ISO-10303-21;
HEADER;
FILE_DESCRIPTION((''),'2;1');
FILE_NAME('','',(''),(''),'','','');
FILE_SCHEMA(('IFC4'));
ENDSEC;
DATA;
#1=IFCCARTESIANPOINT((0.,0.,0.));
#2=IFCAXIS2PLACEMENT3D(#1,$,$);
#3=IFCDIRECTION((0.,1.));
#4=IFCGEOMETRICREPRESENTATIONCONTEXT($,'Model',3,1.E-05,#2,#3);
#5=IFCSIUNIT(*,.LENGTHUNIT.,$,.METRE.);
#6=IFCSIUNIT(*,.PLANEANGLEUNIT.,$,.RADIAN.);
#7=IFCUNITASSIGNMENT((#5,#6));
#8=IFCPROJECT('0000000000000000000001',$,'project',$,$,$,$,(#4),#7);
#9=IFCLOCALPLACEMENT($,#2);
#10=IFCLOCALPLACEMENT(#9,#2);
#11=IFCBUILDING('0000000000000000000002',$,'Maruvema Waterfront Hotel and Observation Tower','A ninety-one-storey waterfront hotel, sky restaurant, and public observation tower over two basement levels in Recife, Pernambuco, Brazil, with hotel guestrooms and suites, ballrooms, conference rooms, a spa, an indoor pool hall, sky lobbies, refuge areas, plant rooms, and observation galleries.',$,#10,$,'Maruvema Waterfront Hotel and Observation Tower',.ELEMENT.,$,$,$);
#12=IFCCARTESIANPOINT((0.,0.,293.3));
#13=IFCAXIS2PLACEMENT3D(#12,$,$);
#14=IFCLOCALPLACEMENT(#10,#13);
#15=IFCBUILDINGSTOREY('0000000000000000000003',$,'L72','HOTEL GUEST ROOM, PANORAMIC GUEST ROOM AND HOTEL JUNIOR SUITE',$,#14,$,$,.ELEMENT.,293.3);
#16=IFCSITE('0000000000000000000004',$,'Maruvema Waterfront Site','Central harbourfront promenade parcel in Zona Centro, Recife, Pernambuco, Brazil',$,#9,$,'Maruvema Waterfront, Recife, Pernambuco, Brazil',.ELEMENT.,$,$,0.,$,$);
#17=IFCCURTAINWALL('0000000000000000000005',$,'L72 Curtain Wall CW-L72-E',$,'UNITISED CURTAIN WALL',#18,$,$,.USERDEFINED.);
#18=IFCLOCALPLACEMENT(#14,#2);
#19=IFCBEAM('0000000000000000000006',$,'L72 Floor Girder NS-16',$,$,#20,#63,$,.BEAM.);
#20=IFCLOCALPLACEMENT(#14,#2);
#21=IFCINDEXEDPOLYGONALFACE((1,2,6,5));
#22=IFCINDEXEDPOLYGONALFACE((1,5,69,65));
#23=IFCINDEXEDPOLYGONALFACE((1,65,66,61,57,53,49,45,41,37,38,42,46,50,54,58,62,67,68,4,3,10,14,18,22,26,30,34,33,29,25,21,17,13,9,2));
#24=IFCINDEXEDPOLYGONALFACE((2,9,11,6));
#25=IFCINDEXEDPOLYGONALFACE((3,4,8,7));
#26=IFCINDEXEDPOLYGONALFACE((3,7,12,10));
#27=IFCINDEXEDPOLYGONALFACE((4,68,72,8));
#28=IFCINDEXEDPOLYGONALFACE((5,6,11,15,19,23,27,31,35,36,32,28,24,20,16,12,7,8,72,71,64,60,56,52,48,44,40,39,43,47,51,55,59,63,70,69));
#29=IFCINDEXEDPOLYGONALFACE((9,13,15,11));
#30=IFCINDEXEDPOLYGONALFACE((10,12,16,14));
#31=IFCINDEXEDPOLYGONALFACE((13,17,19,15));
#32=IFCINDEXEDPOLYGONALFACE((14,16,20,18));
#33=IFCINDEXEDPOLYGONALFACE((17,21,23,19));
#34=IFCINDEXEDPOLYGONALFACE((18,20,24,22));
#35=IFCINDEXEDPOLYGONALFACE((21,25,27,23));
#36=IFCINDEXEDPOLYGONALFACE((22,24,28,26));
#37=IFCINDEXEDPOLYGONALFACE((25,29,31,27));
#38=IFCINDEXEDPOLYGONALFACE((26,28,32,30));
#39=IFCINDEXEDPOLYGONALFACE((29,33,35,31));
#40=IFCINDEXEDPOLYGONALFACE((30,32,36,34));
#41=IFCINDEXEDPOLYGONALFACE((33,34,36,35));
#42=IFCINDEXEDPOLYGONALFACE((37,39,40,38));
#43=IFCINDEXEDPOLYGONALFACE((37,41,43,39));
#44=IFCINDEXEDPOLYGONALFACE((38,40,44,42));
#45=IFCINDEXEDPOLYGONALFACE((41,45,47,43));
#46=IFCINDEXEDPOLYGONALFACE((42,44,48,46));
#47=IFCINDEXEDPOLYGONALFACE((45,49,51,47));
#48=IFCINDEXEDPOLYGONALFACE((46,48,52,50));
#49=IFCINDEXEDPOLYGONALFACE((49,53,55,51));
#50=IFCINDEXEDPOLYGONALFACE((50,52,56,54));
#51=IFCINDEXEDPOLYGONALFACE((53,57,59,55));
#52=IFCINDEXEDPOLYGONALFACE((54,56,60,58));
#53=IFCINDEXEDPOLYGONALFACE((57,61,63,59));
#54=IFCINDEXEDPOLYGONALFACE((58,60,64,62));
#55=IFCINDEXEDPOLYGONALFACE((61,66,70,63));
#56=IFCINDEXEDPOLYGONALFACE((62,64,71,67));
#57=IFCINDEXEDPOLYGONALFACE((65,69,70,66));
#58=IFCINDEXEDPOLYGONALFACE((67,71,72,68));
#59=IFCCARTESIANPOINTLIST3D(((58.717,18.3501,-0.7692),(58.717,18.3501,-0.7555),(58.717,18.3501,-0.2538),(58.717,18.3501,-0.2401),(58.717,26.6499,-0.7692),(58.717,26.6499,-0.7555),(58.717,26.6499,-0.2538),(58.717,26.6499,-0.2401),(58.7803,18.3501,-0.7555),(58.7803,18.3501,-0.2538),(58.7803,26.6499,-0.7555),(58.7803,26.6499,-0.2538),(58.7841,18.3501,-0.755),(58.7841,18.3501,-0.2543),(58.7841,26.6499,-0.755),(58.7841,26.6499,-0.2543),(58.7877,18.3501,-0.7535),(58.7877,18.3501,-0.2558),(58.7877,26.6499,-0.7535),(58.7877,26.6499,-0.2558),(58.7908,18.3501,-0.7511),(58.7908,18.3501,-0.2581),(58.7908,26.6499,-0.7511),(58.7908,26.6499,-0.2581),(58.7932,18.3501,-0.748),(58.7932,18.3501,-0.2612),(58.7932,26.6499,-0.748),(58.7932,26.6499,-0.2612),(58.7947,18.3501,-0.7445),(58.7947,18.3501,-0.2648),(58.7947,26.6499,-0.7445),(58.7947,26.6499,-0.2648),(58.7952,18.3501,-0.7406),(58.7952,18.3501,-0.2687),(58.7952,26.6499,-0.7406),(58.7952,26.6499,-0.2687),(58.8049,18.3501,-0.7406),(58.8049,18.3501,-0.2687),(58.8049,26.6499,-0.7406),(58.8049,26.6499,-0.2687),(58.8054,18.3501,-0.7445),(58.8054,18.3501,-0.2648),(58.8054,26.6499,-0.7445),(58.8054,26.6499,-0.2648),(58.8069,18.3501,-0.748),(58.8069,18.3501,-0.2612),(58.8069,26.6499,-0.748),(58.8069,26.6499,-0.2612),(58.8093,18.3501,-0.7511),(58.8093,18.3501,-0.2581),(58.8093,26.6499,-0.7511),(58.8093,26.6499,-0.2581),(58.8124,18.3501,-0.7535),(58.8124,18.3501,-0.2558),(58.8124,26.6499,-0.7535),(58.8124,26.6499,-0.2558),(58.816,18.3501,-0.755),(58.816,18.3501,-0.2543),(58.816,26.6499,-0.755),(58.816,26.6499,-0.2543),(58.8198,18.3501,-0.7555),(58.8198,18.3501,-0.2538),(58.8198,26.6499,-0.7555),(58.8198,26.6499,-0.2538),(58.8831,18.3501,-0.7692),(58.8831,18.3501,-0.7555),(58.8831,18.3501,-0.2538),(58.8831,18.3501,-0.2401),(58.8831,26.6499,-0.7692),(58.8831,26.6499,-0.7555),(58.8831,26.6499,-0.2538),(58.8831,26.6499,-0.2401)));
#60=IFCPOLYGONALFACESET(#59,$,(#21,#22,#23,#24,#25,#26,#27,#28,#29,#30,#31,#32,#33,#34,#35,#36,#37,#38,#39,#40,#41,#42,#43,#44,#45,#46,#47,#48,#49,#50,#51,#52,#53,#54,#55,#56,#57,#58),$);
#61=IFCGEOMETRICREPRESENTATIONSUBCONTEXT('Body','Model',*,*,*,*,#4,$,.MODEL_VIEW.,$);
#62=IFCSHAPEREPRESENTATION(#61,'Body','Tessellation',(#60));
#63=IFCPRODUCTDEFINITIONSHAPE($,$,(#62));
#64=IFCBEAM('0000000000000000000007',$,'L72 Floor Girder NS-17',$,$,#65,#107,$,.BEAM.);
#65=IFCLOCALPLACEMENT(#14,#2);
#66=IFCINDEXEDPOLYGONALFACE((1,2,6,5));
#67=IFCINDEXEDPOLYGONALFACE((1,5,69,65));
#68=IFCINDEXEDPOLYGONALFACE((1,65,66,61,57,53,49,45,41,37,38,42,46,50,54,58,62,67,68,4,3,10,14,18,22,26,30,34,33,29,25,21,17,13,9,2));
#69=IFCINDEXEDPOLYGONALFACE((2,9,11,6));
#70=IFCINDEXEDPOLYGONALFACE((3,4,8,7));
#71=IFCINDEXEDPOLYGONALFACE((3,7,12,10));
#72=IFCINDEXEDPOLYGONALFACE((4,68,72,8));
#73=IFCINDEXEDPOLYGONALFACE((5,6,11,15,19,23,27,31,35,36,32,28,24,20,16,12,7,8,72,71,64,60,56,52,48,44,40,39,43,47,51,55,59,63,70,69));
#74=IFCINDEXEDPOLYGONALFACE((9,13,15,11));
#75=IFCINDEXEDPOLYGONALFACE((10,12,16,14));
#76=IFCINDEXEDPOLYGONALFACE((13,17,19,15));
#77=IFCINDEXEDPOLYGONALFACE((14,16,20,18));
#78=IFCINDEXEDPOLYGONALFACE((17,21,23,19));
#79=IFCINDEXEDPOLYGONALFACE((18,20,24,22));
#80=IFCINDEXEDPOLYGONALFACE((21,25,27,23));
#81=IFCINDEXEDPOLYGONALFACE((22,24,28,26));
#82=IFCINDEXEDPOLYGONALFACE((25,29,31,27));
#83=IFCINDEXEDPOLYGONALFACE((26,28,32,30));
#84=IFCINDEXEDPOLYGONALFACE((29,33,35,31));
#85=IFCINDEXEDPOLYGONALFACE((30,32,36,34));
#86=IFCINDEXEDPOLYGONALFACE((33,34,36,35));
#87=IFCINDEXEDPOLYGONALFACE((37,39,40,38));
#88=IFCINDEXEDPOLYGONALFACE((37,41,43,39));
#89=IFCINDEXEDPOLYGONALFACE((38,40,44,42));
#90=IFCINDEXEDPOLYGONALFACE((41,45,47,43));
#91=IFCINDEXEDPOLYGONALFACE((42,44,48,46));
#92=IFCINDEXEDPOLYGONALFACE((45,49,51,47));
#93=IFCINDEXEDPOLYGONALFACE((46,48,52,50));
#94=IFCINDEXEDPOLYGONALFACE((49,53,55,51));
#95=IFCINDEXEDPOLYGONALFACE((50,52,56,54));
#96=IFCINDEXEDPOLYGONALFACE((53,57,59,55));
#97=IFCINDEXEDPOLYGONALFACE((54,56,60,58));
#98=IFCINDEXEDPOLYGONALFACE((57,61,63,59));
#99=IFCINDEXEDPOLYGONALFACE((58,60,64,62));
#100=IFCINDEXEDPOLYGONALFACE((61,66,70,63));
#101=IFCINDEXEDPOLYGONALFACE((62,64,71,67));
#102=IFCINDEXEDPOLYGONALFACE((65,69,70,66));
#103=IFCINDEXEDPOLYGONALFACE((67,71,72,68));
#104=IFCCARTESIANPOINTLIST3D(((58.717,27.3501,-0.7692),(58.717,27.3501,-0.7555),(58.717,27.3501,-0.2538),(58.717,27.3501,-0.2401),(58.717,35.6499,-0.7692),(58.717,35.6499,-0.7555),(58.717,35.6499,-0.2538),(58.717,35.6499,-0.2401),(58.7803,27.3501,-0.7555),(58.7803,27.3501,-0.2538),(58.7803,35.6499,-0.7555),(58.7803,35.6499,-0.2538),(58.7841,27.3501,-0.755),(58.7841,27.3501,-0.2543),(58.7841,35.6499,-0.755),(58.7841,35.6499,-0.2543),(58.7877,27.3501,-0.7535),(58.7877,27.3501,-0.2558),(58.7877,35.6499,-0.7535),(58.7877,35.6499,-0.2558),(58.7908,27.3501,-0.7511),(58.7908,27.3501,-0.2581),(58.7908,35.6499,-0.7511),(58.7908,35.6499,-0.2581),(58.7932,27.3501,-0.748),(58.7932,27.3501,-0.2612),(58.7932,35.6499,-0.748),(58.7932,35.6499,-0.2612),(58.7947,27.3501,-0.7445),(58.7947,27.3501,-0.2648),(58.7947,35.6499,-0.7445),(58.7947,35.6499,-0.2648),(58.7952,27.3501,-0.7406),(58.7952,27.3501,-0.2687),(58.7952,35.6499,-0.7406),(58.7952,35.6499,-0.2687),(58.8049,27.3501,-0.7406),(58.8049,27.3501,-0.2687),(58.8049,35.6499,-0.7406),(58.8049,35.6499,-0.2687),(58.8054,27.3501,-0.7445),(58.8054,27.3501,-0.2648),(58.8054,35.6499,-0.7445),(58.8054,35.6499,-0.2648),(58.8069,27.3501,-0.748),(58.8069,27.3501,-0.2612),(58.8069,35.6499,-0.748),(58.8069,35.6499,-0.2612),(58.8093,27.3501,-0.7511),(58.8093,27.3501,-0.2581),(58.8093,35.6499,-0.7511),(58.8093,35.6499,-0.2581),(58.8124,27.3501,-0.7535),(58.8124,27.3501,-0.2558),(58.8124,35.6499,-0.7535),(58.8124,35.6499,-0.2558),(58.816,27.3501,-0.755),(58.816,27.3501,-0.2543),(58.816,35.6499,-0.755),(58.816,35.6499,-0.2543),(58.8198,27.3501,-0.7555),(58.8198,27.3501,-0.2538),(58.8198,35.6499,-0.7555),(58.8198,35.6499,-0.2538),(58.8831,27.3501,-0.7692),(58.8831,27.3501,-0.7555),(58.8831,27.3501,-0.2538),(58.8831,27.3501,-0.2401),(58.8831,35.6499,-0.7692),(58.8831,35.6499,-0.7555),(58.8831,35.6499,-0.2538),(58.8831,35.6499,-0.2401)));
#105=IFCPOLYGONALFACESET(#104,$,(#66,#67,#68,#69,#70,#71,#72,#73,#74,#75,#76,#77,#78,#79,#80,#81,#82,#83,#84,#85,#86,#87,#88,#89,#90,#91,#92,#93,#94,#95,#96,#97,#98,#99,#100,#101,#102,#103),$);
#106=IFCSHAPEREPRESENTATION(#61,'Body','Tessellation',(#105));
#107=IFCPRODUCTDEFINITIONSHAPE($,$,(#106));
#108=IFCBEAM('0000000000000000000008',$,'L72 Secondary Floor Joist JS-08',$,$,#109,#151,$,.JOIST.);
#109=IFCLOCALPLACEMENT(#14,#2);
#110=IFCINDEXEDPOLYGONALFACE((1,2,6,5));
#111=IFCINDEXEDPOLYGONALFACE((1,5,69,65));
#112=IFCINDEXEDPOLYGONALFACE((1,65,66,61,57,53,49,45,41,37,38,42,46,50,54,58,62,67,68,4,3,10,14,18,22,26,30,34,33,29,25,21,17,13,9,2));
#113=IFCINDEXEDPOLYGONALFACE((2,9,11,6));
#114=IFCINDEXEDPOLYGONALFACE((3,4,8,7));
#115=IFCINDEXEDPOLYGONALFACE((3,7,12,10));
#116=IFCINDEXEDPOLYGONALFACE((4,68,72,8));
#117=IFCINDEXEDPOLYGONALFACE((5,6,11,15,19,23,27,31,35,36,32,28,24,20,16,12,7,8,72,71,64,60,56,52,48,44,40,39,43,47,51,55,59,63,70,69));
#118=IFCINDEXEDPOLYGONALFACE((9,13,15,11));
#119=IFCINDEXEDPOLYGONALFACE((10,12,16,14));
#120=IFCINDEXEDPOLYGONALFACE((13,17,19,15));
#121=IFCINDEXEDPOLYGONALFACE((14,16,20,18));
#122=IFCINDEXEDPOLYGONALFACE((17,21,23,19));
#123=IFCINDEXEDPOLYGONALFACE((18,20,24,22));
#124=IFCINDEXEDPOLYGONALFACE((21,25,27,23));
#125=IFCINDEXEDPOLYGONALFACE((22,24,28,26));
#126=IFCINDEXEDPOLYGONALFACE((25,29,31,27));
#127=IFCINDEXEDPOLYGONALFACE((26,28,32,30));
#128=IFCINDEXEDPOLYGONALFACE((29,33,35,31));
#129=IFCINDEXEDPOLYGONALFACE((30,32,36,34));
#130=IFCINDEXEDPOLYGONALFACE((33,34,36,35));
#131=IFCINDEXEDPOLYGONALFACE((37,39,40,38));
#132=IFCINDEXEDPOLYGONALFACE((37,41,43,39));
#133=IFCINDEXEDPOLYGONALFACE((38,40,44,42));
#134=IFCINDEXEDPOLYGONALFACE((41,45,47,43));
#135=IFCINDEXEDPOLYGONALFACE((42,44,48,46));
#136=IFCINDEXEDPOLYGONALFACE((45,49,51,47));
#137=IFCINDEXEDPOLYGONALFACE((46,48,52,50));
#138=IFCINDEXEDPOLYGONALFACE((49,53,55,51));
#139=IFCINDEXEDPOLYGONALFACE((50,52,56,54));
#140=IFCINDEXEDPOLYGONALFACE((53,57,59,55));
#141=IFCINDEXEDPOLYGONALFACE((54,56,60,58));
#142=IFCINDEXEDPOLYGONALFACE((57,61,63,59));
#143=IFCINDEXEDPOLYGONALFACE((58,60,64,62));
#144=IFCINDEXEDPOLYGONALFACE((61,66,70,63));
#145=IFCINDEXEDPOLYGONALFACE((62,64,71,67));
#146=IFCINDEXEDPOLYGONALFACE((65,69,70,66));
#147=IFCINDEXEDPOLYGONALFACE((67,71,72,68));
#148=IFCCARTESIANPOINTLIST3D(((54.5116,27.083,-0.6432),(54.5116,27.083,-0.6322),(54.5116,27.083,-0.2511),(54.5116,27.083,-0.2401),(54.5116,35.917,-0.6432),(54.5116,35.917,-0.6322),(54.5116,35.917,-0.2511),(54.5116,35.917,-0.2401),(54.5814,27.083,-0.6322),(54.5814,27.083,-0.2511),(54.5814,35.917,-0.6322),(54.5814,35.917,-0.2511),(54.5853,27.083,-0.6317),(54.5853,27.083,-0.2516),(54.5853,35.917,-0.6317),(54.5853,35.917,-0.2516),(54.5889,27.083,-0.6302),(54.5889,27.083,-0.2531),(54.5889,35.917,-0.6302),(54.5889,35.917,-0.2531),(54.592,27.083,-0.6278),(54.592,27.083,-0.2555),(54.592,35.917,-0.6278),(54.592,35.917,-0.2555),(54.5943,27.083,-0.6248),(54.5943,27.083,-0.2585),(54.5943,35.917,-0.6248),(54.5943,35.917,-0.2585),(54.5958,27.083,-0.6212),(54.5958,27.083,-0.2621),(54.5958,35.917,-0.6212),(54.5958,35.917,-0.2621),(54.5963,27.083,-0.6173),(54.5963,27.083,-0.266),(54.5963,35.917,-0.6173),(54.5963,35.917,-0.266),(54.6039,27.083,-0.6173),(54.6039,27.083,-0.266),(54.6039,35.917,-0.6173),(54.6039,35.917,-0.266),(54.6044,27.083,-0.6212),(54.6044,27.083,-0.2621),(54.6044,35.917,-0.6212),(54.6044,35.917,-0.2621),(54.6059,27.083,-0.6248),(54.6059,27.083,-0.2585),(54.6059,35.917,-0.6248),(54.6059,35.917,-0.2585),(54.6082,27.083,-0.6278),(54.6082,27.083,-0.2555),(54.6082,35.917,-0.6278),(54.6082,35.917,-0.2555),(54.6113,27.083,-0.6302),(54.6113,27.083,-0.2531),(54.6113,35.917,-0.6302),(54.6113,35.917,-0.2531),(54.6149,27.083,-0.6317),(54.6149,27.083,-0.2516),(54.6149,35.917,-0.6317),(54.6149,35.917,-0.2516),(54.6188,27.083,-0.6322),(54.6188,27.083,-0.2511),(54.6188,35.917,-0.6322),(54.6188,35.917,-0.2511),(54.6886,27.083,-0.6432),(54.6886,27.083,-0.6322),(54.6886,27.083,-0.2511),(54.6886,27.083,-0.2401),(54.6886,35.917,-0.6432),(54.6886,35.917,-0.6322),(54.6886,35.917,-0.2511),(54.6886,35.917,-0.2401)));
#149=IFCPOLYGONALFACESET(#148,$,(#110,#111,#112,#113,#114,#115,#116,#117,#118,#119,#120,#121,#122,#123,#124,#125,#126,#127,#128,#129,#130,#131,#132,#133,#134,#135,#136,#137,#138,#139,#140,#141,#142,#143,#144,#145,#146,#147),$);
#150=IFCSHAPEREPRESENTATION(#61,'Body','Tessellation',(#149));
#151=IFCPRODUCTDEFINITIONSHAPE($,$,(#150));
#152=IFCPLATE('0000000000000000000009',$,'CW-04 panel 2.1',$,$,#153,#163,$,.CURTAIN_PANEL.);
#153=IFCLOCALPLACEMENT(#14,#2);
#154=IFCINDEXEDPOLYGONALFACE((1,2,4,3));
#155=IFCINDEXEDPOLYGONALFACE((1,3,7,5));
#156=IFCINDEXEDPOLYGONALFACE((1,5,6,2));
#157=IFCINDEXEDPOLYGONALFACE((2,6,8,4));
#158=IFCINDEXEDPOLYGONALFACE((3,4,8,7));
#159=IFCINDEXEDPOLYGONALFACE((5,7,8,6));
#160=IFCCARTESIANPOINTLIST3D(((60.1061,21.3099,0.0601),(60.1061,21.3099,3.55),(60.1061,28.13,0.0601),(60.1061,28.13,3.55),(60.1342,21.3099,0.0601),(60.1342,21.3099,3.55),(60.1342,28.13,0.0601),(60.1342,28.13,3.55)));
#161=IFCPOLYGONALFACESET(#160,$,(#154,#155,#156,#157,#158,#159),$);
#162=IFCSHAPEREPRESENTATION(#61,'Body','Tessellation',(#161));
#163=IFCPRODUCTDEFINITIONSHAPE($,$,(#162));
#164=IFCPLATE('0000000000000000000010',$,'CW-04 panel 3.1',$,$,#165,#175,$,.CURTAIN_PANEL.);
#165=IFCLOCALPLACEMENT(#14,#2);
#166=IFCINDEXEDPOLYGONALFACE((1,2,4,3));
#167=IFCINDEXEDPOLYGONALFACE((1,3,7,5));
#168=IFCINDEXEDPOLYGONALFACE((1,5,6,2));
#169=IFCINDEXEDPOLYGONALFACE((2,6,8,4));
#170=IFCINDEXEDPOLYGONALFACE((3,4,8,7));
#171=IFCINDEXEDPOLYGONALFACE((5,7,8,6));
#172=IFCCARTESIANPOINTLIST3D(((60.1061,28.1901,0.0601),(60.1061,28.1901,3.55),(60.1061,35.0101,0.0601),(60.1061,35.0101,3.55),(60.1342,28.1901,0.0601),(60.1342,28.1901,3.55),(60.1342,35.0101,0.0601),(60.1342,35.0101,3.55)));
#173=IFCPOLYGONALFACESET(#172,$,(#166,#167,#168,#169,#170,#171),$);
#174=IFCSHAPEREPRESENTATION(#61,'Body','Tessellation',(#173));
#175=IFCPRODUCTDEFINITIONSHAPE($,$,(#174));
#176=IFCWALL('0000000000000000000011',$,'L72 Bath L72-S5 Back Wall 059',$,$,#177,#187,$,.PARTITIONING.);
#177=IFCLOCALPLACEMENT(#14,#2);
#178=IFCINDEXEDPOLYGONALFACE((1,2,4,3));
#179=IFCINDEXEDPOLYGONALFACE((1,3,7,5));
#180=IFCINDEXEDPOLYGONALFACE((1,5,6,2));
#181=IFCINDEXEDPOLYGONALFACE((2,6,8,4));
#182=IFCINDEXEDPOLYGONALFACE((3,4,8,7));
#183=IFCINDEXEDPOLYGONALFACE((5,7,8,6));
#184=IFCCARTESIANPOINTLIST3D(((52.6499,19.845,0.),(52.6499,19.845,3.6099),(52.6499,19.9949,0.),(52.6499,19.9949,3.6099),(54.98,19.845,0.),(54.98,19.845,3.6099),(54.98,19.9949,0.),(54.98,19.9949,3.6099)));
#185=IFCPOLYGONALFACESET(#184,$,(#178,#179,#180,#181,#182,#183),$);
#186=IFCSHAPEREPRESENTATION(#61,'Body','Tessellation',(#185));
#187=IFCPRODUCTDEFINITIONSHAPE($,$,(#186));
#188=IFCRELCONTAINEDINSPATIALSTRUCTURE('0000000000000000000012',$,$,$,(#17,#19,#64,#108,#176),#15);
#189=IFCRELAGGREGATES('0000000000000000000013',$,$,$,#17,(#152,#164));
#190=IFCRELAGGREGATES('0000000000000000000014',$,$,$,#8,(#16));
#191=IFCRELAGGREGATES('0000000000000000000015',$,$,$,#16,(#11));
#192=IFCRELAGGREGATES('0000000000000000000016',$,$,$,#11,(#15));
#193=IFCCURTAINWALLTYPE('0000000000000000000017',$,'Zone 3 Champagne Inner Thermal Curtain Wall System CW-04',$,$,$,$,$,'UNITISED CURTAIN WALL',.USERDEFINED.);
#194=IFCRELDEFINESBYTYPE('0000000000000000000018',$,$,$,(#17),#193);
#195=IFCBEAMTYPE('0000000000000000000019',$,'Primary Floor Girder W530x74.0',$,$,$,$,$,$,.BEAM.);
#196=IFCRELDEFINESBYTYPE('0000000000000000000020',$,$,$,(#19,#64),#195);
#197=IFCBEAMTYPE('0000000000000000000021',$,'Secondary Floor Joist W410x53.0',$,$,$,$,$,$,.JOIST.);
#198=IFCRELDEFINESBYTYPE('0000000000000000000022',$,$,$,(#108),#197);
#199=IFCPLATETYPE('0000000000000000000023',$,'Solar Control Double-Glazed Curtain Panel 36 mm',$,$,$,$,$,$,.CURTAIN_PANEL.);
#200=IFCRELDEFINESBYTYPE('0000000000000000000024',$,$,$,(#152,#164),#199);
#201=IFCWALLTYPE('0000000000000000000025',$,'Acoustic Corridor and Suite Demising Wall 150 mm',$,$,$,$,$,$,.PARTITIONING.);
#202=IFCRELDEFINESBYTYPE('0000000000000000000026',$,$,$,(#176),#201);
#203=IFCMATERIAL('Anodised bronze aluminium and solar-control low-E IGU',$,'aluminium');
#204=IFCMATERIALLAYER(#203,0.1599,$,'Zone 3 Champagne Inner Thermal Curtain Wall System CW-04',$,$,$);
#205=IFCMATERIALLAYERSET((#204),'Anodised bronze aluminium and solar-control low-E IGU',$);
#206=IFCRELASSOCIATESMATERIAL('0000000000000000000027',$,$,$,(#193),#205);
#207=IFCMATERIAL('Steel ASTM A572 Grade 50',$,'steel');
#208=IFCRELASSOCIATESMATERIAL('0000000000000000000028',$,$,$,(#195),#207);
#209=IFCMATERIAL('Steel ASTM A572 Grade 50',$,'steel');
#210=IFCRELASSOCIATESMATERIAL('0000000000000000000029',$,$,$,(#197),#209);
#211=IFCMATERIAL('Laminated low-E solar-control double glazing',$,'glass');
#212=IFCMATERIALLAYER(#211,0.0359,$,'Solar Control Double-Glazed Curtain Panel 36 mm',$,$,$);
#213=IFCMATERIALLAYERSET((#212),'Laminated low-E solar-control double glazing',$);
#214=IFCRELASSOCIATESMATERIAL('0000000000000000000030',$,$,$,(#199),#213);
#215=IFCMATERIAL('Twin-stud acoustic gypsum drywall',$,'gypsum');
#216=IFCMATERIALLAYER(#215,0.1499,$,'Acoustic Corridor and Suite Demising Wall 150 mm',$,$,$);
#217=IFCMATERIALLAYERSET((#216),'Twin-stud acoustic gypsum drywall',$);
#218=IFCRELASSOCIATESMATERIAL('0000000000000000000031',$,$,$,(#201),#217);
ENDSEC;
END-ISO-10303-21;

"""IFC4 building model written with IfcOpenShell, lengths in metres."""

from ifc_helpers import new_model, si_unit, direction, frame, frame_2d, origin, origin_2d, place, context, subcontext, project, spatial, rectangle, i_section, extrude, material, layer, layer_set, material_profile, profile_set, type_object, element, aggregate, save


model = new_model("IFC4")

# Units and contexts
model_context = context("Model", 3, precision=1e-05, world=origin(), true_north=direction((0.0, 1.0)))
body_context = subcontext(model_context, "Body", "Model", "MODEL_VIEW")
ifc_project = project(units=[si_unit("LENGTHUNIT", "METRE"), si_unit("PLANEANGLEUNIT", "RADIAN")], contexts=[model_context])

# Site, building, storey
site_placement = place(None, origin())
site = spatial("IfcSite", under=ifc_project, at=site_placement, Name="Maruvema Waterfront Site", Description="Central harbourfront promenade parcel in Zona Centro, Recife, Pernambuco, Brazil", LongName="Maruvema Waterfront, Recife, Pernambuco, Brazil", CompositionType="ELEMENT", RefElevation=0.0)
building_placement = place(site_placement, origin())
building = spatial("IfcBuilding", under=site, at=building_placement, Name="Maruvema Waterfront Hotel and Observation Tower", Description="A ninety-one-storey waterfront hotel, sky restaurant, and public observation tower over two basement levels in Recife, Pernambuco, Brazil, with hotel guestrooms and suites, ballrooms, conference rooms, a spa, an indoor pool hall, sky lobbies, refuge areas, plant rooms, and observation galleries.", LongName="Maruvema Waterfront Hotel and Observation Tower", CompositionType="ELEMENT")
storey_placement = place(building_placement, frame((0.0, 0.0, 293.3)))
storey = spatial("IfcBuildingStorey", under=building, at=storey_placement, Name="L72", Description="HOTEL GUEST ROOM, PANORAMIC GUEST ROOM AND HOTEL JUNIOR SUITE", CompositionType="ELEMENT", Elevation=293.3)

# Curtain wall
ifc_material_1 = material(Name="Anodised bronze aluminium and solar-control low-E IGU", Category="aluminium")
ifc_layer_1 = layer(ifc_material_1, 0.1599, Name="Zone 3 Champagne Inner Thermal Curtain Wall System CW-04")
ifc_layer_set_1 = layer_set([ifc_layer_1], Name="Anodised bronze aluminium and solar-control low-E IGU")
curtain_wall_type = type_object("IfcCurtainWallType", Name="Zone 3 Champagne Inner Thermal Curtain Wall System CW-04", ElementType="UNITISED CURTAIN WALL", PredefinedType="USERDEFINED", material=ifc_layer_set_1)
curtain_wall_placement = place(storey_placement, origin())
curtain_wall = element("IfcCurtainWall", 1, at=curtain_wall_placement, inside=storey, type_object=curtain_wall_type, Name="L72 Curtain Wall CW-L72-E", ObjectType="UNITISED CURTAIN WALL", PredefinedType="USERDEFINED")

# Beams
ifc_material_2 = material(Name="Steel ASTM A572 Grade 50", Category="steel")
ifc_material_profile_1 = material_profile(ifc_material_2, i_section(OverallWidth=0.166, OverallDepth=0.5291, WebThickness=0.0098, FlangeThickness=0.0137, FilletRadius=0.0149, at=origin_2d()), Name="W530x74.0")
ifc_profile_set_1 = profile_set([ifc_material_profile_1], Name="Steel ASTM A572 Grade 50")
beam_type_1 = type_object("IfcBeamType", Name="Primary Floor Girder W530x74.0", PredefinedType="BEAM", material=ifc_profile_set_1)
for number, where, z_axis, x_axis, name in (
    (2, (58.8, 18.3501, -0.5046), (0.0, 1.0, 0.0), (-1.0, 0.0, 0.0), "L72 Floor Girder NS-16"),
    (3, (58.8, 27.3501, -0.5046), (0.0, 1.0, 0.0), (-1.0, 0.0, 0.0), "L72 Floor Girder NS-17"),
):
    element("IfcBeam", number, at=place(storey_placement, frame(where, z_axis=z_axis, x_axis=x_axis)), inside=storey, type_object=beam_type_1, Name=name, PredefinedType="BEAM", context=body_context, shape_type="SweptSolid", body=[
        extrude(i_section(OverallWidth=0.166, OverallDepth=0.5291, WebThickness=0.0098, FlangeThickness=0.0137, FilletRadius=0.0149, at=origin_2d()), origin(), (0.0, 0.0, 1.0), 8.2998),
    ])
ifc_material_3 = material(Name="Steel ASTM A572 Grade 50", Category="steel")
ifc_material_profile_2 = material_profile(ifc_material_3, i_section(OverallWidth=0.177, OverallDepth=0.4031, WebThickness=0.0076, FlangeThickness=0.011, FilletRadius=0.0149, at=origin_2d()), Name="W410x53.0")
ifc_profile_set_2 = profile_set([ifc_material_profile_2], Name="Steel ASTM A572 Grade 50")
beam_type_2 = type_object("IfcBeamType", Name="Secondary Floor Joist W410x53.0", PredefinedType="JOIST", material=ifc_profile_set_2)
beam_1_placement = place(storey_placement, frame((54.6001, 27.083, -0.4417), z_axis=(0.0, 1.0, 0.0), x_axis=(-1.0, 0.0, 0.0)))
element("IfcBeam", 4, at=beam_1_placement, inside=storey, type_object=beam_type_2, Name="L72 Secondary Floor Joist JS-08", PredefinedType="JOIST", context=body_context, shape_type="SweptSolid", body=[
    extrude(i_section(OverallWidth=0.177, OverallDepth=0.4031, WebThickness=0.0076, FlangeThickness=0.011, FilletRadius=0.0149, at=origin_2d()), origin(), (0.0, 0.0, 1.0), 8.834),
])

# Plates
ifc_material_4 = material(Name="Laminated low-E solar-control double glazing", Category="glass")
ifc_layer_2 = layer(ifc_material_4, 0.0359, Name="Solar Control Double-Glazed Curtain Panel 36 mm")
ifc_layer_set_2 = layer_set([ifc_layer_2], Name="Laminated low-E solar-control double glazing")
plate_type = type_object("IfcPlateType", Name="Solar Control Double-Glazed Curtain Panel 36 mm", PredefinedType="CURTAIN_PANEL", material=ifc_layer_set_2)
plate_1_placement = place(storey_placement, frame((60.1201, 24.72, 0.0601), z_axis=(0.0, 0.0, 1.0), x_axis=(0.0, 1.0, 0.0)))
plate_1 = element("IfcPlate", 5, at=plate_1_placement, type_object=plate_type, Name="CW-04 panel 2.1", PredefinedType="CURTAIN_PANEL", context=body_context, shape_type="SweptSolid", body=[
    extrude(rectangle(XDim=6.8201, YDim=0.0281, at=origin_2d()), origin(), (0.0, 0.0, 1.0), 3.49),
])
plate_2_placement = place(storey_placement, frame((60.1201, 31.6001, 0.0601), z_axis=(0.0, 0.0, 1.0), x_axis=(0.0, 1.0, 0.0)))
plate_2 = element("IfcPlate", 6, at=plate_2_placement, type_object=plate_type, Name="CW-04 panel 3.1", PredefinedType="CURTAIN_PANEL", context=body_context, shape_type="SweptSolid", body=[
    extrude(rectangle(XDim=6.8201, YDim=0.0281, at=origin_2d()), origin(), (0.0, 0.0, 1.0), 3.49),
])
aggregate(curtain_wall, [plate_1, plate_2])

# Wall
ifc_material_5 = material(Name="Twin-stud acoustic gypsum drywall", Category="gypsum")
ifc_layer_3 = layer(ifc_material_5, 0.1499, Name="Acoustic Corridor and Suite Demising Wall 150 mm")
ifc_layer_set_3 = layer_set([ifc_layer_3], Name="Twin-stud acoustic gypsum drywall")
wall_type_1 = type_object("IfcWallType", Name="Acoustic Corridor and Suite Demising Wall 150 mm", PredefinedType="PARTITIONING", material=ifc_layer_set_3)
wall_1_placement = place(storey_placement, frame((52.6499, 19.9199, 0.0), z_axis=(0.0, 0.0, 1.0), x_axis=(1.0, 0.0, 0.0)))
element("IfcWall", 7, at=wall_1_placement, inside=storey, type_object=wall_type_1, Name="L72 Bath L72-S5 Back Wall 059", PredefinedType="PARTITIONING", context=body_context, shape_type="SweptSolid", body=[
    extrude(rectangle(XDim=2.3301, YDim=0.1499, at=frame_2d((1.165, 0.0))), origin(), (0.0, 0.0, 1.0), 3.6099),
])

save(model, "model.ifc")
